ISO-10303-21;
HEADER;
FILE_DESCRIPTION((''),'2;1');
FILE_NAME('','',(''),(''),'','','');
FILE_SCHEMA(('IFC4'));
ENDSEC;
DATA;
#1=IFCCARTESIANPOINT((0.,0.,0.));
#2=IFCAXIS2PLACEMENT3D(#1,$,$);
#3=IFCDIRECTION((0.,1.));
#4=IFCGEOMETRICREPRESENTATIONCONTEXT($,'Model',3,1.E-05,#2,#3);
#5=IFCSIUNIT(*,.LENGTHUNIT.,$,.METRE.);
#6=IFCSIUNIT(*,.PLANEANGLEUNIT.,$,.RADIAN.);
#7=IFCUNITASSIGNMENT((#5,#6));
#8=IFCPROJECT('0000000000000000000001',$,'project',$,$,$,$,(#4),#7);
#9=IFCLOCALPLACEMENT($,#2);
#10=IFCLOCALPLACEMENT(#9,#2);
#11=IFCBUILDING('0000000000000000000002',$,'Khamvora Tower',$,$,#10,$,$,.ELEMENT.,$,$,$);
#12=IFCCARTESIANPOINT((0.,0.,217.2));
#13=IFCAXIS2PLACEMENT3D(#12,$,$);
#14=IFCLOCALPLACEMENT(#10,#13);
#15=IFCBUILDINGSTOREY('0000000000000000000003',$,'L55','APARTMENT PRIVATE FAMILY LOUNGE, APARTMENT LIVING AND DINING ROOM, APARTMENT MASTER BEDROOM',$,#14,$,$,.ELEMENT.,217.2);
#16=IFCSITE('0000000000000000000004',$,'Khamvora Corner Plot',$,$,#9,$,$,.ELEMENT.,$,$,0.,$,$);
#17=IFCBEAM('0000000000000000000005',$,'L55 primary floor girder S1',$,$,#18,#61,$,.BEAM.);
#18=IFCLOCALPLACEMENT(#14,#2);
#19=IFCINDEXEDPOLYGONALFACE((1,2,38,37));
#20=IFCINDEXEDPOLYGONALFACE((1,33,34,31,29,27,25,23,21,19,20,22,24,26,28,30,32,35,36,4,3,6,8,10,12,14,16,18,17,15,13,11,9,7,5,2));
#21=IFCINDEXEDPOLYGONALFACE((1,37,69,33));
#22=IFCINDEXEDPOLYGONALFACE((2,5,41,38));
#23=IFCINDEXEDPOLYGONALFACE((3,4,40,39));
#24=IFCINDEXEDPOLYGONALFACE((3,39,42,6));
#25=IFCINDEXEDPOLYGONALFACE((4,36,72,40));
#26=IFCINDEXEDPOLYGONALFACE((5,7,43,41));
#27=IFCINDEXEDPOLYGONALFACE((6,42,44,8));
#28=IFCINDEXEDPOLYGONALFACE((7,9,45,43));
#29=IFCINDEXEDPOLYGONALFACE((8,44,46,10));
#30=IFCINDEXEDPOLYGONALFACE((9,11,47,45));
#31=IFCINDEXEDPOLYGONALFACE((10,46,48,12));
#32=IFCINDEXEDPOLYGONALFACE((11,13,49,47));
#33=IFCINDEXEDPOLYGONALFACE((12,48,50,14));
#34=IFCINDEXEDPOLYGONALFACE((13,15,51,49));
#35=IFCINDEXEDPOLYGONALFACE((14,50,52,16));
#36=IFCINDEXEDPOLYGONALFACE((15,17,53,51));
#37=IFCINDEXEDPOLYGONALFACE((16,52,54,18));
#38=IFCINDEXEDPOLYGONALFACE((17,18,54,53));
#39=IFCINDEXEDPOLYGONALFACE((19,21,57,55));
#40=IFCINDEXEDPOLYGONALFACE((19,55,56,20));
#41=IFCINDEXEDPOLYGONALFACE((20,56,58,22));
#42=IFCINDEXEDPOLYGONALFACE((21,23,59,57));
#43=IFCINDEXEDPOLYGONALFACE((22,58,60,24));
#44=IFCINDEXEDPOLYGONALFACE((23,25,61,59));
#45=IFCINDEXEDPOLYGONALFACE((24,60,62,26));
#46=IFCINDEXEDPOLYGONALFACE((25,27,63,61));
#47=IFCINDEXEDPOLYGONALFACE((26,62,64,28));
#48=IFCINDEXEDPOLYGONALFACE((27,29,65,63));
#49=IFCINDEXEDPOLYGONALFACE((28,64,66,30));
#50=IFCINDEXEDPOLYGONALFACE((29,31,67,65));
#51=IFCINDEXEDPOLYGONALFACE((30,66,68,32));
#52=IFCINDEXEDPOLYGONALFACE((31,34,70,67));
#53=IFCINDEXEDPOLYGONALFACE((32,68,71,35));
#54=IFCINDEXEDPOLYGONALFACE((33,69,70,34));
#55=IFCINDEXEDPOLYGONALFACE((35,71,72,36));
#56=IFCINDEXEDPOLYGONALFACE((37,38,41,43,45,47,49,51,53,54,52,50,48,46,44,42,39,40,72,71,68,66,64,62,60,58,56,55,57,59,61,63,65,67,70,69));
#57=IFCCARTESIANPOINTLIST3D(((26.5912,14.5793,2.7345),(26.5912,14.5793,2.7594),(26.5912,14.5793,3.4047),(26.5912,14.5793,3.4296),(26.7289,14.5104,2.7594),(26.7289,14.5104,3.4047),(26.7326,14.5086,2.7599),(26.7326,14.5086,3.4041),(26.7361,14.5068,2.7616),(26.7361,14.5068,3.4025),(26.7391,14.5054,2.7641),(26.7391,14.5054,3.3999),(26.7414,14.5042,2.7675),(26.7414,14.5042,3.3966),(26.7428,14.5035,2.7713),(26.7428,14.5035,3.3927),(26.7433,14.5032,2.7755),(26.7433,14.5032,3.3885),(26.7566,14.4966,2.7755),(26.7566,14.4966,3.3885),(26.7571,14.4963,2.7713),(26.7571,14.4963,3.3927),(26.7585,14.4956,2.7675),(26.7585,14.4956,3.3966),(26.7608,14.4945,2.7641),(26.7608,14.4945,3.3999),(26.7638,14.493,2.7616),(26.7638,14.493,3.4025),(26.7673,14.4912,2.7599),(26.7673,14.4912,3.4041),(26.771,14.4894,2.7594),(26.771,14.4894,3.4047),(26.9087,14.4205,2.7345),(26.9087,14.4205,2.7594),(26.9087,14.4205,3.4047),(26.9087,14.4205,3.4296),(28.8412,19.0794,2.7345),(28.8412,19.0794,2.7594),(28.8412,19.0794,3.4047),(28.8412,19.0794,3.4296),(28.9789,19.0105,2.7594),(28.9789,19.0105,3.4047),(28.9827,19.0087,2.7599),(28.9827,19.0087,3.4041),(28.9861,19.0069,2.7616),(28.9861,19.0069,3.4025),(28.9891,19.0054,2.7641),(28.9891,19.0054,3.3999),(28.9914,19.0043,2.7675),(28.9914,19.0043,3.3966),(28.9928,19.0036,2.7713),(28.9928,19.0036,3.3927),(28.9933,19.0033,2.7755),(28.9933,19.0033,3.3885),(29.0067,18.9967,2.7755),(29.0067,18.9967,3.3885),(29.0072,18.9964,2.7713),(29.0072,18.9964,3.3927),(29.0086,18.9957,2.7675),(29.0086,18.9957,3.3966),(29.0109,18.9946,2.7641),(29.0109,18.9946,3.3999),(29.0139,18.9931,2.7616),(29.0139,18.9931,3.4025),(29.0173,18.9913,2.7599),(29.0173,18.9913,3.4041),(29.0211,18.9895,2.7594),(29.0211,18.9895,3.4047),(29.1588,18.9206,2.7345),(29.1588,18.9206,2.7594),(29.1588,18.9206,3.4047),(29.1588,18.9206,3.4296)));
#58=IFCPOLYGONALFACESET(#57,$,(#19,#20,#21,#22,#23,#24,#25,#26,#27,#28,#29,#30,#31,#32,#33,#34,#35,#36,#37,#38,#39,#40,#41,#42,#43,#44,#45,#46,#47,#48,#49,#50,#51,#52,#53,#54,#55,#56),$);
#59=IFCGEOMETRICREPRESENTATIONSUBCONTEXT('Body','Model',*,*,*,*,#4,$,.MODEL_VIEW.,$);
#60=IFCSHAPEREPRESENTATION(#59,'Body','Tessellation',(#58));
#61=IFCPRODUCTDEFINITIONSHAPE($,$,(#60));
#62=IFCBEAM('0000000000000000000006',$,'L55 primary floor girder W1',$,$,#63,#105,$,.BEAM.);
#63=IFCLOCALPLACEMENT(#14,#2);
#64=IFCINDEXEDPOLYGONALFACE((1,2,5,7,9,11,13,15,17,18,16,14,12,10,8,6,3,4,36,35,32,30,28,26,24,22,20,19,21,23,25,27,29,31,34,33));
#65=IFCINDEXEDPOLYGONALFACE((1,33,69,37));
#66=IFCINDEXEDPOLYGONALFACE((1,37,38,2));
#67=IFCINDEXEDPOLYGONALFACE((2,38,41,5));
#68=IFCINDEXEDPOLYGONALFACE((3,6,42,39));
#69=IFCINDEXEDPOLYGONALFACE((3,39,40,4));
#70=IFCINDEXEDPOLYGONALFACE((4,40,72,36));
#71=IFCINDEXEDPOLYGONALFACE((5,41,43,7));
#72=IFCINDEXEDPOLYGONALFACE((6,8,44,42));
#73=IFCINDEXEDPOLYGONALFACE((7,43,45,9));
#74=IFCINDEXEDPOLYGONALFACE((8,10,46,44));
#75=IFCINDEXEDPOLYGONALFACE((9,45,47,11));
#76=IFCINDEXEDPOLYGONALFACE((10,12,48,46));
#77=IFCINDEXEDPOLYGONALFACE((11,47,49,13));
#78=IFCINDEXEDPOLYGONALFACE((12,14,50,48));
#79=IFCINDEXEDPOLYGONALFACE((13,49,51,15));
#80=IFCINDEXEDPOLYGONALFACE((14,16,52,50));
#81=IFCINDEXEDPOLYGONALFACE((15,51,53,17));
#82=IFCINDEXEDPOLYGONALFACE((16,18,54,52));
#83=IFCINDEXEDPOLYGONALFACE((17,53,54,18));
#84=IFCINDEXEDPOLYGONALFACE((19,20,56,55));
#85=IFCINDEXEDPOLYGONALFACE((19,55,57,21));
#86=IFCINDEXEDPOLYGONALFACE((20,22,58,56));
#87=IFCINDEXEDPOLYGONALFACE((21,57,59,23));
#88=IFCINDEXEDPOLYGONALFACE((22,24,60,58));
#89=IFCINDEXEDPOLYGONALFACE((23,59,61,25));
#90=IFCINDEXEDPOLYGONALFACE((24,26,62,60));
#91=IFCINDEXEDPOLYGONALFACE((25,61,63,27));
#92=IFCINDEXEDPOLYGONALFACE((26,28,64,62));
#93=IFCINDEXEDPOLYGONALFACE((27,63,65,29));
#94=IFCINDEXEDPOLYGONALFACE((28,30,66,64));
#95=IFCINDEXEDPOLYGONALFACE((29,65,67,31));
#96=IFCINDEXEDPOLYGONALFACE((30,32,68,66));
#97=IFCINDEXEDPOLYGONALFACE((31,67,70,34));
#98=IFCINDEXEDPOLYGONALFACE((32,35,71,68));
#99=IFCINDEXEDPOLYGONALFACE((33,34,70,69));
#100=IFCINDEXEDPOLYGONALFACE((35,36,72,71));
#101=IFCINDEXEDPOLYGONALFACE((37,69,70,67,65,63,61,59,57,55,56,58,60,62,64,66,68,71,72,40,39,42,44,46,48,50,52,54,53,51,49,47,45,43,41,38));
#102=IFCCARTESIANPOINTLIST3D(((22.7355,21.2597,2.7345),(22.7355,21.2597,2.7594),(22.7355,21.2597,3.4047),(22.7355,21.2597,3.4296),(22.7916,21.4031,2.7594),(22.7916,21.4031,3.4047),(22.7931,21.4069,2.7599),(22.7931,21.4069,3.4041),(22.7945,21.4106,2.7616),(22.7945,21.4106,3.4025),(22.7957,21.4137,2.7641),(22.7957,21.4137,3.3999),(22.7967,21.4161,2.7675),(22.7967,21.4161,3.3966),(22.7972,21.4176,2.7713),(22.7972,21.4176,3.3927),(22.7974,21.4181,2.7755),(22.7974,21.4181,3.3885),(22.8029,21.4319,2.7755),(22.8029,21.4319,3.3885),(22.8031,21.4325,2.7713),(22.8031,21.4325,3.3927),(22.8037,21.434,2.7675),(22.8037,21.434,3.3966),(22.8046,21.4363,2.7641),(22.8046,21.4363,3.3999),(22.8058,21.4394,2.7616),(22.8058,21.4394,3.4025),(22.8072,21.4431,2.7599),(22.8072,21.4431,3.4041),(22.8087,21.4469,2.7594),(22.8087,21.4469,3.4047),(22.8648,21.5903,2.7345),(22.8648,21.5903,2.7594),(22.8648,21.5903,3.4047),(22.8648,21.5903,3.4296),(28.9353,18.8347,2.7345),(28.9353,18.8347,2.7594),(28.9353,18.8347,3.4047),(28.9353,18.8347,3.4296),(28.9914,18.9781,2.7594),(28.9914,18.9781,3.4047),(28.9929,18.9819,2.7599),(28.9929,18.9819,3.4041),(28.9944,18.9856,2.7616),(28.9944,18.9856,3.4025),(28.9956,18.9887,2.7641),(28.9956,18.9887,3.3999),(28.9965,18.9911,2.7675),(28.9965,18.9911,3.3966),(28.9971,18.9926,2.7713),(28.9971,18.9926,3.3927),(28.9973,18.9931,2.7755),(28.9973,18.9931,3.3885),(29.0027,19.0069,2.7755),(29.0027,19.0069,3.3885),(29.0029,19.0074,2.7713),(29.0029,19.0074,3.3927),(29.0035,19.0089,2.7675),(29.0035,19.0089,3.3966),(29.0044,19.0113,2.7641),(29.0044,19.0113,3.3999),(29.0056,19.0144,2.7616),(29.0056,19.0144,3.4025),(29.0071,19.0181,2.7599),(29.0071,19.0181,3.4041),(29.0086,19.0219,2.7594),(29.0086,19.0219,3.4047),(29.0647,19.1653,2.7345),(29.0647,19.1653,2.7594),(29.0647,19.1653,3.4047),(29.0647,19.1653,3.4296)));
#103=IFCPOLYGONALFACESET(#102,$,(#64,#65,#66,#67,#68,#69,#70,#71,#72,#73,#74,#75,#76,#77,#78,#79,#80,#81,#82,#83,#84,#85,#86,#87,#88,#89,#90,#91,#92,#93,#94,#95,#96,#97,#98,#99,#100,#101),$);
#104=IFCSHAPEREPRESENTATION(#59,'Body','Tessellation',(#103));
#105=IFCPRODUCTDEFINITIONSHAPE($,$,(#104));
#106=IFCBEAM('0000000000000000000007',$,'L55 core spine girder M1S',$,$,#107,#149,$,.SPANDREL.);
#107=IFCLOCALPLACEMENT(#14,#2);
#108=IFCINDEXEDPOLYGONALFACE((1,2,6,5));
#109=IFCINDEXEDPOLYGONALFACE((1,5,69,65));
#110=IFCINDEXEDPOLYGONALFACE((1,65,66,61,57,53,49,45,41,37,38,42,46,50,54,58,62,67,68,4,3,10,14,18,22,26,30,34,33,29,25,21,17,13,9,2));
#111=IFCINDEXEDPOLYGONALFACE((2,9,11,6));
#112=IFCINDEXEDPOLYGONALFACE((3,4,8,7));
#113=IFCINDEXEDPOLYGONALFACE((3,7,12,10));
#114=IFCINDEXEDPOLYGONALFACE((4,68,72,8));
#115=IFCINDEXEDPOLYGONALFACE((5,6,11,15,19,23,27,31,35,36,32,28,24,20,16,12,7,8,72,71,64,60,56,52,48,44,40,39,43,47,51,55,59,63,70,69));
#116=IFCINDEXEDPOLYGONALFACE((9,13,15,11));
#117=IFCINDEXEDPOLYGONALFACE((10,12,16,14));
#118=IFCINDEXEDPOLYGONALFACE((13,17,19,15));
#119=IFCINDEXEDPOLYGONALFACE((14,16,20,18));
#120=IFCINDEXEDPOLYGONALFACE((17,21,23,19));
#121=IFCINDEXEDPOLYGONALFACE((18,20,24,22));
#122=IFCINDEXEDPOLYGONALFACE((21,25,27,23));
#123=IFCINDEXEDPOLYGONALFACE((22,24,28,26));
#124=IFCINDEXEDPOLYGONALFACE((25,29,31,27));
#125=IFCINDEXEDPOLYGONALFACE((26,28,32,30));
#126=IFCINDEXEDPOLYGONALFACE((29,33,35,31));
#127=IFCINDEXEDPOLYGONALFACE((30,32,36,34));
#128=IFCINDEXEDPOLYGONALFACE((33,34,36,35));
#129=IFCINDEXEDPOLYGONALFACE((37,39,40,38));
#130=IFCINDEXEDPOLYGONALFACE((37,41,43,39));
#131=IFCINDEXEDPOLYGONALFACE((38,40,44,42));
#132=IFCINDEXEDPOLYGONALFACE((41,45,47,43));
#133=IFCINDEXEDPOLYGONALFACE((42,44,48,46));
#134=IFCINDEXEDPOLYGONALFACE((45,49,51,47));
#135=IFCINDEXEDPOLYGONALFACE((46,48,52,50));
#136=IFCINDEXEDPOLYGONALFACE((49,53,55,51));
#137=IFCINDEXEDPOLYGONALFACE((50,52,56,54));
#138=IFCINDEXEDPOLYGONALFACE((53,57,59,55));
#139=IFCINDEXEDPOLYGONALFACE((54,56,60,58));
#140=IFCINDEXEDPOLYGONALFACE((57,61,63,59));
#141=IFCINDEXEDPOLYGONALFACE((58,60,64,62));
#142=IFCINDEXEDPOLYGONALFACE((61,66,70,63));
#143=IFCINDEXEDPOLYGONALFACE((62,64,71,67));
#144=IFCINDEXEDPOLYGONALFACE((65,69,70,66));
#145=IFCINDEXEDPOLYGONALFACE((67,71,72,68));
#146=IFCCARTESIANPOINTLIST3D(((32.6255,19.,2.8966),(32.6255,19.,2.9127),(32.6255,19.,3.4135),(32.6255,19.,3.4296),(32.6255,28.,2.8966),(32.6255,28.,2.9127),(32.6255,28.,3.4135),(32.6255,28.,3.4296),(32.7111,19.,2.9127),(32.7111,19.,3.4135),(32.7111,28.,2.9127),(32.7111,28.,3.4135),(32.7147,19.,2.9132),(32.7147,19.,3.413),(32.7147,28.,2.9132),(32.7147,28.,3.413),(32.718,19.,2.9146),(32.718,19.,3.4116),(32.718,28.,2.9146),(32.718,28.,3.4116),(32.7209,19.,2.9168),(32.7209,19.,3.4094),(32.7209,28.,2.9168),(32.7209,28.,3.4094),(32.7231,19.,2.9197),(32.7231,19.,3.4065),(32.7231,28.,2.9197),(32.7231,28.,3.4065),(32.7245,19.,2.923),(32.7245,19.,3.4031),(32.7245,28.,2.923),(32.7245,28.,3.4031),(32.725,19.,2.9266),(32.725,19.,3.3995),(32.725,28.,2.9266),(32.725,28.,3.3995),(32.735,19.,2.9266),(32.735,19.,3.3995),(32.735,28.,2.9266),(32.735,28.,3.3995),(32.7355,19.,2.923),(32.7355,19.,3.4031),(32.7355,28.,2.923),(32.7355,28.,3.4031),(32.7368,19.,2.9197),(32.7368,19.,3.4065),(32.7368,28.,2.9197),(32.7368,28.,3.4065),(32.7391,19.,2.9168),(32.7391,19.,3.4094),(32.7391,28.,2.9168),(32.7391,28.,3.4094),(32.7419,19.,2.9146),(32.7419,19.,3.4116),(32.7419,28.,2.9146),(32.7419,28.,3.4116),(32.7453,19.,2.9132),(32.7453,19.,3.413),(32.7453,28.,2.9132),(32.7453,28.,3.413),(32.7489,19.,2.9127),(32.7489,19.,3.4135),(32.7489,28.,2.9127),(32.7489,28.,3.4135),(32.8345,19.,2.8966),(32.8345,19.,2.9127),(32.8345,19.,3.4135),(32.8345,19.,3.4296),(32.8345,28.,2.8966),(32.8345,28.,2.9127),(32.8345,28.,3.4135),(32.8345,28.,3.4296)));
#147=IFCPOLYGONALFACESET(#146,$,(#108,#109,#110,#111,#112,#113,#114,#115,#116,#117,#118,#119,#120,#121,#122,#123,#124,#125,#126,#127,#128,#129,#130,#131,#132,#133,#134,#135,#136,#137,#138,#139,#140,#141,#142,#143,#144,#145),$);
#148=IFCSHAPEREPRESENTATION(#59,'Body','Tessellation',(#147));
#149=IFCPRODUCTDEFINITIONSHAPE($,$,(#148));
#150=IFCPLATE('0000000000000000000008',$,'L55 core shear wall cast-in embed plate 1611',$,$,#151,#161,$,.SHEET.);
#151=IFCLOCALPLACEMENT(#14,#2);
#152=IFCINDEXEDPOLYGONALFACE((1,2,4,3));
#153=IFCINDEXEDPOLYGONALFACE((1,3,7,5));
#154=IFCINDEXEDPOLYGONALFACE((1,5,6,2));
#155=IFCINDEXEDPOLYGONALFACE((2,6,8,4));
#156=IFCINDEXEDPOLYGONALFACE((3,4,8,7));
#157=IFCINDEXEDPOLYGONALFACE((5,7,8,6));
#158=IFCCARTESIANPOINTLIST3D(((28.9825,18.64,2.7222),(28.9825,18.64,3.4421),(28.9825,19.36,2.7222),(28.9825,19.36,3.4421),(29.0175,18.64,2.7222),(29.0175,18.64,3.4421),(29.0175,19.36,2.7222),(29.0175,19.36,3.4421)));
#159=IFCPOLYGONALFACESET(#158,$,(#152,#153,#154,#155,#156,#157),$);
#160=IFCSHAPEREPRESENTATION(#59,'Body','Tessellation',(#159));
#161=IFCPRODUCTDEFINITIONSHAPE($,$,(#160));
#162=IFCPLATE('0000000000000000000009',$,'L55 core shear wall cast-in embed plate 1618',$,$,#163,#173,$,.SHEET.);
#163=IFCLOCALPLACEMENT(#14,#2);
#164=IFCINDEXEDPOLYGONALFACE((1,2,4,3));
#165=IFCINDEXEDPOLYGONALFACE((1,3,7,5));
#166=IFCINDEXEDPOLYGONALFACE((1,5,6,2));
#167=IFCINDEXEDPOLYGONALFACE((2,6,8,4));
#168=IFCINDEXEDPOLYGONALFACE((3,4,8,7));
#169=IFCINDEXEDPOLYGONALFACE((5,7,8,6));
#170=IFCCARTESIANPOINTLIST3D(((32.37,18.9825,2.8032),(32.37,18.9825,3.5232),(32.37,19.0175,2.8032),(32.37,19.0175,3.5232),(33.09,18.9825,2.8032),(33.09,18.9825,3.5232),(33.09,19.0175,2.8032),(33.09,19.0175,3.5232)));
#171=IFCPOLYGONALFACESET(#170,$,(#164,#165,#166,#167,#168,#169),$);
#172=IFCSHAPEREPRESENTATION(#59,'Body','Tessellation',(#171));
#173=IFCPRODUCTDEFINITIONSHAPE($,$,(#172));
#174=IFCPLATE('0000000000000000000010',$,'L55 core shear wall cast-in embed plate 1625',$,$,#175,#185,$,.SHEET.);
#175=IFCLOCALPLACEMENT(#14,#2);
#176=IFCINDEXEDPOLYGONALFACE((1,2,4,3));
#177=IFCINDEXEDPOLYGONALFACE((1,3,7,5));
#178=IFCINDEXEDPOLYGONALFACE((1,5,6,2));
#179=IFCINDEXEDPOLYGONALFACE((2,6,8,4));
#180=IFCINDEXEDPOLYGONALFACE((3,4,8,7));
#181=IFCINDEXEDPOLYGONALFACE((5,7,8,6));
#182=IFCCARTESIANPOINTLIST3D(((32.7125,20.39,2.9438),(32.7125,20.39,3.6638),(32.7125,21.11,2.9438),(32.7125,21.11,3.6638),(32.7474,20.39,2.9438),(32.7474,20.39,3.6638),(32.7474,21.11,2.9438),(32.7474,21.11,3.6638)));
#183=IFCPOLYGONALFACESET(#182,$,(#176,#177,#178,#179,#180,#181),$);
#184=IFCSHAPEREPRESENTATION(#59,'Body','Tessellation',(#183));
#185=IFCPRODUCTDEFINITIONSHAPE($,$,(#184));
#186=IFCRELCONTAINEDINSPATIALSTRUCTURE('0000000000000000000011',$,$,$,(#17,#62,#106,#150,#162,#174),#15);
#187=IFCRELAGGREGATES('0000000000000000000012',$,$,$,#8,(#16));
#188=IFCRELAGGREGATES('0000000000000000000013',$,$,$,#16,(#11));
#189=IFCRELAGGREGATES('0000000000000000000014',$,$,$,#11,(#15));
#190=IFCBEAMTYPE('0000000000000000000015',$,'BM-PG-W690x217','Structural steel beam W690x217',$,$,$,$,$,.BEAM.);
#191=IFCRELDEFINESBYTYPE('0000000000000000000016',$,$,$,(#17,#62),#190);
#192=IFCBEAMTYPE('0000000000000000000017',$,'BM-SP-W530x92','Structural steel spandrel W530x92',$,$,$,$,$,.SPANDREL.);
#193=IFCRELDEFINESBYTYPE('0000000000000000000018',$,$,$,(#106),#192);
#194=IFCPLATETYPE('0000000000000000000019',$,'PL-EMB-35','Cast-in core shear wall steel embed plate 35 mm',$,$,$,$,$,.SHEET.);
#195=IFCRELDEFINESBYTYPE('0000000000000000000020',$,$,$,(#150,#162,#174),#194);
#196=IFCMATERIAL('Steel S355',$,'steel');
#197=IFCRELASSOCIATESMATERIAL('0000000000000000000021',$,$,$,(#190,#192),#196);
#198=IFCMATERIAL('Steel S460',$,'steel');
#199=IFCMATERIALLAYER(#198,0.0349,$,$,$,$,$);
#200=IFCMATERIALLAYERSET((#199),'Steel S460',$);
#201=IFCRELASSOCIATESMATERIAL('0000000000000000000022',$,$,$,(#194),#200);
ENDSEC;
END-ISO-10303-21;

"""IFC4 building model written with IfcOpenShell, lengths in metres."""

from ifc_helpers import new_model, si_unit, direction, frame, origin, origin_2d, place, context, subcontext, project, spatial, rectangle, i_section, extrude, material, layer, layer_set, material_profile, profile_set, type_object, element, save


model = new_model("IFC4")

# Units and contexts
model_context = context("Model", 3, precision=1e-05, world=origin(), true_north=direction((0.0, 1.0)))
body_context = subcontext(model_context, "Body", "Model", "MODEL_VIEW")
ifc_project = project(units=[si_unit("LENGTHUNIT", "METRE"), si_unit("PLANEANGLEUNIT", "RADIAN")], contexts=[model_context])

# Site, building, storey
site_placement = place(None, origin())
site = spatial("IfcSite", under=ifc_project, at=site_placement, Name="Khamvora Corner Plot", CompositionType="ELEMENT", RefElevation=0.0)
building_placement = place(site_placement, origin())
building = spatial("IfcBuilding", under=site, at=building_placement, Name="Khamvora Tower", CompositionType="ELEMENT")
storey_placement = place(building_placement, frame((0.0, 0.0, 217.2)))
storey = spatial("IfcBuildingStorey", under=building, at=storey_placement, Name="L55", Description="APARTMENT PRIVATE FAMILY LOUNGE, APARTMENT LIVING AND DINING ROOM, APARTMENT MASTER BEDROOM", CompositionType="ELEMENT", Elevation=217.2)

# Beams
ifc_material_1 = material(Name="Steel S355", Category="steel")
ifc_material_profile_1 = material_profile(ifc_material_1, i_section(OverallWidth=0.355, OverallDepth=0.6951, WebThickness=0.0149, FlangeThickness=0.0249, FilletRadius=0.0161, at=origin_2d()), Name="W690x217")
ifc_profile_set_1 = profile_set([ifc_material_profile_1], Name="Steel S355")
beam_type_1 = type_object("IfcBeamType", Name="BM-PG-W690x217", Description="Structural steel beam W690x217", PredefinedType="BEAM", material=ifc_profile_set_1)
beam_1_placement = place(storey_placement, frame((29.0, 19.0, 3.082), z_axis=(-0.447214, -0.894427, 0.0), x_axis=(0.894427, -0.447214, 0.0)))
element("IfcBeam", 1, at=beam_1_placement, inside=storey, type_object=beam_type_1, Name="L55 primary floor girder S1", PredefinedType="BEAM", context=body_context, shape_type="SweptSolid", body=[
    extrude(i_section(OverallWidth=0.355, OverallDepth=0.6951, WebThickness=0.0149, FlangeThickness=0.0249, FilletRadius=0.0161, at=origin_2d()), origin(), (0.0, 0.0, 1.0), 5.0312),
])
beam_2_placement = place(storey_placement, frame((29.0, 19.0, 3.082), z_axis=(-0.931295, 0.364267, 0.0), x_axis=(-0.364267, -0.931295, 0.0)))
element("IfcBeam", 2, at=beam_2_placement, inside=storey, type_object=beam_type_1, Name="L55 primary floor girder W1", PredefinedType="BEAM", context=body_context, shape_type="SweptSolid", body=[
    extrude(i_section(OverallWidth=0.355, OverallDepth=0.6951, WebThickness=0.0149, FlangeThickness=0.0249, FilletRadius=0.0161, at=origin_2d()), origin(), (0.0, 0.0, 1.0), 6.6572),
])
ifc_material_profile_2 = material_profile(ifc_material_1, i_section(OverallWidth=0.209, OverallDepth=0.533, WebThickness=0.01, FlangeThickness=0.0161, FilletRadius=0.0139, at=origin_2d()), Name="W530x92")
ifc_profile_set_2 = profile_set([ifc_material_profile_2], Name="Steel S355")
beam_type_2 = type_object("IfcBeamType", Name="BM-SP-W530x92", Description="Structural steel spandrel W530x92", PredefinedType="SPANDREL", material=ifc_profile_set_2)
beam_3_placement = place(storey_placement, frame((32.73, 19.0, 3.1631), z_axis=(0.0, 1.0, 0.0), x_axis=(-1.0, 0.0, 0.0)))
element("IfcBeam", 3, at=beam_3_placement, inside=storey, type_object=beam_type_2, Name="L55 core spine girder M1S", PredefinedType="SPANDREL", context=body_context, shape_type="SweptSolid", body=[
    extrude(i_section(OverallWidth=0.209, OverallDepth=0.533, WebThickness=0.01, FlangeThickness=0.0161, FilletRadius=0.0139, at=origin_2d()), origin(), (0.0, 0.0, 1.0), 9.0),
])

# Plates
ifc_material_2 = material(Name="Steel S460", Category="steel")
ifc_layer_1 = layer(ifc_material_2, 0.0349)
ifc_layer_set_1 = layer_set([ifc_layer_1], Name="Steel S460")
plate_type = type_object("IfcPlateType", Name="PL-EMB-35", Description="Cast-in core shear wall steel embed plate 35 mm", PredefinedType="SHEET", material=ifc_layer_set_1)
plate_1_placement = place(storey_placement, frame((29.0, 19.0, 2.7222), z_axis=(0.0, 0.0, 1.0), x_axis=(1.0, 0.0, 0.0)))
element("IfcPlate", 4, at=plate_1_placement, inside=storey, type_object=plate_type, Name="L55 core shear wall cast-in embed plate 1611", PredefinedType="SHEET", context=body_context, shape_type="SweptSolid", body=[
    extrude(rectangle(XDim=0.0349, YDim=0.72, at=origin_2d()), origin(), (0.0, 0.0, 1.0), 0.72),
])
plate_2_placement = place(storey_placement, frame((32.73, 19.0, 2.8032), z_axis=(0.0, 0.0, 1.0), x_axis=(1.0, 0.0, 0.0)))
element("IfcPlate", 5, at=plate_2_placement, inside=storey, type_object=plate_type, Name="L55 core shear wall cast-in embed plate 1618", PredefinedType="SHEET", context=body_context, shape_type="SweptSolid", body=[
    extrude(rectangle(XDim=0.72, YDim=0.0349, at=origin_2d()), origin(), (0.0, 0.0, 1.0), 0.72),
])
plate_3_placement = place(storey_placement, frame((32.73, 20.75, 2.9438), z_axis=(0.0, 0.0, 1.0), x_axis=(1.0, 0.0, 0.0)))
element("IfcPlate", 6, at=plate_3_placement, inside=storey, type_object=plate_type, Name="L55 core shear wall cast-in embed plate 1625", PredefinedType="SHEET", context=body_context, shape_type="SweptSolid", body=[
    extrude(rectangle(XDim=0.0349, YDim=0.72, at=origin_2d()), origin(), (0.0, 0.0, 1.0), 0.72),
])

save(model, "model.ifc")
